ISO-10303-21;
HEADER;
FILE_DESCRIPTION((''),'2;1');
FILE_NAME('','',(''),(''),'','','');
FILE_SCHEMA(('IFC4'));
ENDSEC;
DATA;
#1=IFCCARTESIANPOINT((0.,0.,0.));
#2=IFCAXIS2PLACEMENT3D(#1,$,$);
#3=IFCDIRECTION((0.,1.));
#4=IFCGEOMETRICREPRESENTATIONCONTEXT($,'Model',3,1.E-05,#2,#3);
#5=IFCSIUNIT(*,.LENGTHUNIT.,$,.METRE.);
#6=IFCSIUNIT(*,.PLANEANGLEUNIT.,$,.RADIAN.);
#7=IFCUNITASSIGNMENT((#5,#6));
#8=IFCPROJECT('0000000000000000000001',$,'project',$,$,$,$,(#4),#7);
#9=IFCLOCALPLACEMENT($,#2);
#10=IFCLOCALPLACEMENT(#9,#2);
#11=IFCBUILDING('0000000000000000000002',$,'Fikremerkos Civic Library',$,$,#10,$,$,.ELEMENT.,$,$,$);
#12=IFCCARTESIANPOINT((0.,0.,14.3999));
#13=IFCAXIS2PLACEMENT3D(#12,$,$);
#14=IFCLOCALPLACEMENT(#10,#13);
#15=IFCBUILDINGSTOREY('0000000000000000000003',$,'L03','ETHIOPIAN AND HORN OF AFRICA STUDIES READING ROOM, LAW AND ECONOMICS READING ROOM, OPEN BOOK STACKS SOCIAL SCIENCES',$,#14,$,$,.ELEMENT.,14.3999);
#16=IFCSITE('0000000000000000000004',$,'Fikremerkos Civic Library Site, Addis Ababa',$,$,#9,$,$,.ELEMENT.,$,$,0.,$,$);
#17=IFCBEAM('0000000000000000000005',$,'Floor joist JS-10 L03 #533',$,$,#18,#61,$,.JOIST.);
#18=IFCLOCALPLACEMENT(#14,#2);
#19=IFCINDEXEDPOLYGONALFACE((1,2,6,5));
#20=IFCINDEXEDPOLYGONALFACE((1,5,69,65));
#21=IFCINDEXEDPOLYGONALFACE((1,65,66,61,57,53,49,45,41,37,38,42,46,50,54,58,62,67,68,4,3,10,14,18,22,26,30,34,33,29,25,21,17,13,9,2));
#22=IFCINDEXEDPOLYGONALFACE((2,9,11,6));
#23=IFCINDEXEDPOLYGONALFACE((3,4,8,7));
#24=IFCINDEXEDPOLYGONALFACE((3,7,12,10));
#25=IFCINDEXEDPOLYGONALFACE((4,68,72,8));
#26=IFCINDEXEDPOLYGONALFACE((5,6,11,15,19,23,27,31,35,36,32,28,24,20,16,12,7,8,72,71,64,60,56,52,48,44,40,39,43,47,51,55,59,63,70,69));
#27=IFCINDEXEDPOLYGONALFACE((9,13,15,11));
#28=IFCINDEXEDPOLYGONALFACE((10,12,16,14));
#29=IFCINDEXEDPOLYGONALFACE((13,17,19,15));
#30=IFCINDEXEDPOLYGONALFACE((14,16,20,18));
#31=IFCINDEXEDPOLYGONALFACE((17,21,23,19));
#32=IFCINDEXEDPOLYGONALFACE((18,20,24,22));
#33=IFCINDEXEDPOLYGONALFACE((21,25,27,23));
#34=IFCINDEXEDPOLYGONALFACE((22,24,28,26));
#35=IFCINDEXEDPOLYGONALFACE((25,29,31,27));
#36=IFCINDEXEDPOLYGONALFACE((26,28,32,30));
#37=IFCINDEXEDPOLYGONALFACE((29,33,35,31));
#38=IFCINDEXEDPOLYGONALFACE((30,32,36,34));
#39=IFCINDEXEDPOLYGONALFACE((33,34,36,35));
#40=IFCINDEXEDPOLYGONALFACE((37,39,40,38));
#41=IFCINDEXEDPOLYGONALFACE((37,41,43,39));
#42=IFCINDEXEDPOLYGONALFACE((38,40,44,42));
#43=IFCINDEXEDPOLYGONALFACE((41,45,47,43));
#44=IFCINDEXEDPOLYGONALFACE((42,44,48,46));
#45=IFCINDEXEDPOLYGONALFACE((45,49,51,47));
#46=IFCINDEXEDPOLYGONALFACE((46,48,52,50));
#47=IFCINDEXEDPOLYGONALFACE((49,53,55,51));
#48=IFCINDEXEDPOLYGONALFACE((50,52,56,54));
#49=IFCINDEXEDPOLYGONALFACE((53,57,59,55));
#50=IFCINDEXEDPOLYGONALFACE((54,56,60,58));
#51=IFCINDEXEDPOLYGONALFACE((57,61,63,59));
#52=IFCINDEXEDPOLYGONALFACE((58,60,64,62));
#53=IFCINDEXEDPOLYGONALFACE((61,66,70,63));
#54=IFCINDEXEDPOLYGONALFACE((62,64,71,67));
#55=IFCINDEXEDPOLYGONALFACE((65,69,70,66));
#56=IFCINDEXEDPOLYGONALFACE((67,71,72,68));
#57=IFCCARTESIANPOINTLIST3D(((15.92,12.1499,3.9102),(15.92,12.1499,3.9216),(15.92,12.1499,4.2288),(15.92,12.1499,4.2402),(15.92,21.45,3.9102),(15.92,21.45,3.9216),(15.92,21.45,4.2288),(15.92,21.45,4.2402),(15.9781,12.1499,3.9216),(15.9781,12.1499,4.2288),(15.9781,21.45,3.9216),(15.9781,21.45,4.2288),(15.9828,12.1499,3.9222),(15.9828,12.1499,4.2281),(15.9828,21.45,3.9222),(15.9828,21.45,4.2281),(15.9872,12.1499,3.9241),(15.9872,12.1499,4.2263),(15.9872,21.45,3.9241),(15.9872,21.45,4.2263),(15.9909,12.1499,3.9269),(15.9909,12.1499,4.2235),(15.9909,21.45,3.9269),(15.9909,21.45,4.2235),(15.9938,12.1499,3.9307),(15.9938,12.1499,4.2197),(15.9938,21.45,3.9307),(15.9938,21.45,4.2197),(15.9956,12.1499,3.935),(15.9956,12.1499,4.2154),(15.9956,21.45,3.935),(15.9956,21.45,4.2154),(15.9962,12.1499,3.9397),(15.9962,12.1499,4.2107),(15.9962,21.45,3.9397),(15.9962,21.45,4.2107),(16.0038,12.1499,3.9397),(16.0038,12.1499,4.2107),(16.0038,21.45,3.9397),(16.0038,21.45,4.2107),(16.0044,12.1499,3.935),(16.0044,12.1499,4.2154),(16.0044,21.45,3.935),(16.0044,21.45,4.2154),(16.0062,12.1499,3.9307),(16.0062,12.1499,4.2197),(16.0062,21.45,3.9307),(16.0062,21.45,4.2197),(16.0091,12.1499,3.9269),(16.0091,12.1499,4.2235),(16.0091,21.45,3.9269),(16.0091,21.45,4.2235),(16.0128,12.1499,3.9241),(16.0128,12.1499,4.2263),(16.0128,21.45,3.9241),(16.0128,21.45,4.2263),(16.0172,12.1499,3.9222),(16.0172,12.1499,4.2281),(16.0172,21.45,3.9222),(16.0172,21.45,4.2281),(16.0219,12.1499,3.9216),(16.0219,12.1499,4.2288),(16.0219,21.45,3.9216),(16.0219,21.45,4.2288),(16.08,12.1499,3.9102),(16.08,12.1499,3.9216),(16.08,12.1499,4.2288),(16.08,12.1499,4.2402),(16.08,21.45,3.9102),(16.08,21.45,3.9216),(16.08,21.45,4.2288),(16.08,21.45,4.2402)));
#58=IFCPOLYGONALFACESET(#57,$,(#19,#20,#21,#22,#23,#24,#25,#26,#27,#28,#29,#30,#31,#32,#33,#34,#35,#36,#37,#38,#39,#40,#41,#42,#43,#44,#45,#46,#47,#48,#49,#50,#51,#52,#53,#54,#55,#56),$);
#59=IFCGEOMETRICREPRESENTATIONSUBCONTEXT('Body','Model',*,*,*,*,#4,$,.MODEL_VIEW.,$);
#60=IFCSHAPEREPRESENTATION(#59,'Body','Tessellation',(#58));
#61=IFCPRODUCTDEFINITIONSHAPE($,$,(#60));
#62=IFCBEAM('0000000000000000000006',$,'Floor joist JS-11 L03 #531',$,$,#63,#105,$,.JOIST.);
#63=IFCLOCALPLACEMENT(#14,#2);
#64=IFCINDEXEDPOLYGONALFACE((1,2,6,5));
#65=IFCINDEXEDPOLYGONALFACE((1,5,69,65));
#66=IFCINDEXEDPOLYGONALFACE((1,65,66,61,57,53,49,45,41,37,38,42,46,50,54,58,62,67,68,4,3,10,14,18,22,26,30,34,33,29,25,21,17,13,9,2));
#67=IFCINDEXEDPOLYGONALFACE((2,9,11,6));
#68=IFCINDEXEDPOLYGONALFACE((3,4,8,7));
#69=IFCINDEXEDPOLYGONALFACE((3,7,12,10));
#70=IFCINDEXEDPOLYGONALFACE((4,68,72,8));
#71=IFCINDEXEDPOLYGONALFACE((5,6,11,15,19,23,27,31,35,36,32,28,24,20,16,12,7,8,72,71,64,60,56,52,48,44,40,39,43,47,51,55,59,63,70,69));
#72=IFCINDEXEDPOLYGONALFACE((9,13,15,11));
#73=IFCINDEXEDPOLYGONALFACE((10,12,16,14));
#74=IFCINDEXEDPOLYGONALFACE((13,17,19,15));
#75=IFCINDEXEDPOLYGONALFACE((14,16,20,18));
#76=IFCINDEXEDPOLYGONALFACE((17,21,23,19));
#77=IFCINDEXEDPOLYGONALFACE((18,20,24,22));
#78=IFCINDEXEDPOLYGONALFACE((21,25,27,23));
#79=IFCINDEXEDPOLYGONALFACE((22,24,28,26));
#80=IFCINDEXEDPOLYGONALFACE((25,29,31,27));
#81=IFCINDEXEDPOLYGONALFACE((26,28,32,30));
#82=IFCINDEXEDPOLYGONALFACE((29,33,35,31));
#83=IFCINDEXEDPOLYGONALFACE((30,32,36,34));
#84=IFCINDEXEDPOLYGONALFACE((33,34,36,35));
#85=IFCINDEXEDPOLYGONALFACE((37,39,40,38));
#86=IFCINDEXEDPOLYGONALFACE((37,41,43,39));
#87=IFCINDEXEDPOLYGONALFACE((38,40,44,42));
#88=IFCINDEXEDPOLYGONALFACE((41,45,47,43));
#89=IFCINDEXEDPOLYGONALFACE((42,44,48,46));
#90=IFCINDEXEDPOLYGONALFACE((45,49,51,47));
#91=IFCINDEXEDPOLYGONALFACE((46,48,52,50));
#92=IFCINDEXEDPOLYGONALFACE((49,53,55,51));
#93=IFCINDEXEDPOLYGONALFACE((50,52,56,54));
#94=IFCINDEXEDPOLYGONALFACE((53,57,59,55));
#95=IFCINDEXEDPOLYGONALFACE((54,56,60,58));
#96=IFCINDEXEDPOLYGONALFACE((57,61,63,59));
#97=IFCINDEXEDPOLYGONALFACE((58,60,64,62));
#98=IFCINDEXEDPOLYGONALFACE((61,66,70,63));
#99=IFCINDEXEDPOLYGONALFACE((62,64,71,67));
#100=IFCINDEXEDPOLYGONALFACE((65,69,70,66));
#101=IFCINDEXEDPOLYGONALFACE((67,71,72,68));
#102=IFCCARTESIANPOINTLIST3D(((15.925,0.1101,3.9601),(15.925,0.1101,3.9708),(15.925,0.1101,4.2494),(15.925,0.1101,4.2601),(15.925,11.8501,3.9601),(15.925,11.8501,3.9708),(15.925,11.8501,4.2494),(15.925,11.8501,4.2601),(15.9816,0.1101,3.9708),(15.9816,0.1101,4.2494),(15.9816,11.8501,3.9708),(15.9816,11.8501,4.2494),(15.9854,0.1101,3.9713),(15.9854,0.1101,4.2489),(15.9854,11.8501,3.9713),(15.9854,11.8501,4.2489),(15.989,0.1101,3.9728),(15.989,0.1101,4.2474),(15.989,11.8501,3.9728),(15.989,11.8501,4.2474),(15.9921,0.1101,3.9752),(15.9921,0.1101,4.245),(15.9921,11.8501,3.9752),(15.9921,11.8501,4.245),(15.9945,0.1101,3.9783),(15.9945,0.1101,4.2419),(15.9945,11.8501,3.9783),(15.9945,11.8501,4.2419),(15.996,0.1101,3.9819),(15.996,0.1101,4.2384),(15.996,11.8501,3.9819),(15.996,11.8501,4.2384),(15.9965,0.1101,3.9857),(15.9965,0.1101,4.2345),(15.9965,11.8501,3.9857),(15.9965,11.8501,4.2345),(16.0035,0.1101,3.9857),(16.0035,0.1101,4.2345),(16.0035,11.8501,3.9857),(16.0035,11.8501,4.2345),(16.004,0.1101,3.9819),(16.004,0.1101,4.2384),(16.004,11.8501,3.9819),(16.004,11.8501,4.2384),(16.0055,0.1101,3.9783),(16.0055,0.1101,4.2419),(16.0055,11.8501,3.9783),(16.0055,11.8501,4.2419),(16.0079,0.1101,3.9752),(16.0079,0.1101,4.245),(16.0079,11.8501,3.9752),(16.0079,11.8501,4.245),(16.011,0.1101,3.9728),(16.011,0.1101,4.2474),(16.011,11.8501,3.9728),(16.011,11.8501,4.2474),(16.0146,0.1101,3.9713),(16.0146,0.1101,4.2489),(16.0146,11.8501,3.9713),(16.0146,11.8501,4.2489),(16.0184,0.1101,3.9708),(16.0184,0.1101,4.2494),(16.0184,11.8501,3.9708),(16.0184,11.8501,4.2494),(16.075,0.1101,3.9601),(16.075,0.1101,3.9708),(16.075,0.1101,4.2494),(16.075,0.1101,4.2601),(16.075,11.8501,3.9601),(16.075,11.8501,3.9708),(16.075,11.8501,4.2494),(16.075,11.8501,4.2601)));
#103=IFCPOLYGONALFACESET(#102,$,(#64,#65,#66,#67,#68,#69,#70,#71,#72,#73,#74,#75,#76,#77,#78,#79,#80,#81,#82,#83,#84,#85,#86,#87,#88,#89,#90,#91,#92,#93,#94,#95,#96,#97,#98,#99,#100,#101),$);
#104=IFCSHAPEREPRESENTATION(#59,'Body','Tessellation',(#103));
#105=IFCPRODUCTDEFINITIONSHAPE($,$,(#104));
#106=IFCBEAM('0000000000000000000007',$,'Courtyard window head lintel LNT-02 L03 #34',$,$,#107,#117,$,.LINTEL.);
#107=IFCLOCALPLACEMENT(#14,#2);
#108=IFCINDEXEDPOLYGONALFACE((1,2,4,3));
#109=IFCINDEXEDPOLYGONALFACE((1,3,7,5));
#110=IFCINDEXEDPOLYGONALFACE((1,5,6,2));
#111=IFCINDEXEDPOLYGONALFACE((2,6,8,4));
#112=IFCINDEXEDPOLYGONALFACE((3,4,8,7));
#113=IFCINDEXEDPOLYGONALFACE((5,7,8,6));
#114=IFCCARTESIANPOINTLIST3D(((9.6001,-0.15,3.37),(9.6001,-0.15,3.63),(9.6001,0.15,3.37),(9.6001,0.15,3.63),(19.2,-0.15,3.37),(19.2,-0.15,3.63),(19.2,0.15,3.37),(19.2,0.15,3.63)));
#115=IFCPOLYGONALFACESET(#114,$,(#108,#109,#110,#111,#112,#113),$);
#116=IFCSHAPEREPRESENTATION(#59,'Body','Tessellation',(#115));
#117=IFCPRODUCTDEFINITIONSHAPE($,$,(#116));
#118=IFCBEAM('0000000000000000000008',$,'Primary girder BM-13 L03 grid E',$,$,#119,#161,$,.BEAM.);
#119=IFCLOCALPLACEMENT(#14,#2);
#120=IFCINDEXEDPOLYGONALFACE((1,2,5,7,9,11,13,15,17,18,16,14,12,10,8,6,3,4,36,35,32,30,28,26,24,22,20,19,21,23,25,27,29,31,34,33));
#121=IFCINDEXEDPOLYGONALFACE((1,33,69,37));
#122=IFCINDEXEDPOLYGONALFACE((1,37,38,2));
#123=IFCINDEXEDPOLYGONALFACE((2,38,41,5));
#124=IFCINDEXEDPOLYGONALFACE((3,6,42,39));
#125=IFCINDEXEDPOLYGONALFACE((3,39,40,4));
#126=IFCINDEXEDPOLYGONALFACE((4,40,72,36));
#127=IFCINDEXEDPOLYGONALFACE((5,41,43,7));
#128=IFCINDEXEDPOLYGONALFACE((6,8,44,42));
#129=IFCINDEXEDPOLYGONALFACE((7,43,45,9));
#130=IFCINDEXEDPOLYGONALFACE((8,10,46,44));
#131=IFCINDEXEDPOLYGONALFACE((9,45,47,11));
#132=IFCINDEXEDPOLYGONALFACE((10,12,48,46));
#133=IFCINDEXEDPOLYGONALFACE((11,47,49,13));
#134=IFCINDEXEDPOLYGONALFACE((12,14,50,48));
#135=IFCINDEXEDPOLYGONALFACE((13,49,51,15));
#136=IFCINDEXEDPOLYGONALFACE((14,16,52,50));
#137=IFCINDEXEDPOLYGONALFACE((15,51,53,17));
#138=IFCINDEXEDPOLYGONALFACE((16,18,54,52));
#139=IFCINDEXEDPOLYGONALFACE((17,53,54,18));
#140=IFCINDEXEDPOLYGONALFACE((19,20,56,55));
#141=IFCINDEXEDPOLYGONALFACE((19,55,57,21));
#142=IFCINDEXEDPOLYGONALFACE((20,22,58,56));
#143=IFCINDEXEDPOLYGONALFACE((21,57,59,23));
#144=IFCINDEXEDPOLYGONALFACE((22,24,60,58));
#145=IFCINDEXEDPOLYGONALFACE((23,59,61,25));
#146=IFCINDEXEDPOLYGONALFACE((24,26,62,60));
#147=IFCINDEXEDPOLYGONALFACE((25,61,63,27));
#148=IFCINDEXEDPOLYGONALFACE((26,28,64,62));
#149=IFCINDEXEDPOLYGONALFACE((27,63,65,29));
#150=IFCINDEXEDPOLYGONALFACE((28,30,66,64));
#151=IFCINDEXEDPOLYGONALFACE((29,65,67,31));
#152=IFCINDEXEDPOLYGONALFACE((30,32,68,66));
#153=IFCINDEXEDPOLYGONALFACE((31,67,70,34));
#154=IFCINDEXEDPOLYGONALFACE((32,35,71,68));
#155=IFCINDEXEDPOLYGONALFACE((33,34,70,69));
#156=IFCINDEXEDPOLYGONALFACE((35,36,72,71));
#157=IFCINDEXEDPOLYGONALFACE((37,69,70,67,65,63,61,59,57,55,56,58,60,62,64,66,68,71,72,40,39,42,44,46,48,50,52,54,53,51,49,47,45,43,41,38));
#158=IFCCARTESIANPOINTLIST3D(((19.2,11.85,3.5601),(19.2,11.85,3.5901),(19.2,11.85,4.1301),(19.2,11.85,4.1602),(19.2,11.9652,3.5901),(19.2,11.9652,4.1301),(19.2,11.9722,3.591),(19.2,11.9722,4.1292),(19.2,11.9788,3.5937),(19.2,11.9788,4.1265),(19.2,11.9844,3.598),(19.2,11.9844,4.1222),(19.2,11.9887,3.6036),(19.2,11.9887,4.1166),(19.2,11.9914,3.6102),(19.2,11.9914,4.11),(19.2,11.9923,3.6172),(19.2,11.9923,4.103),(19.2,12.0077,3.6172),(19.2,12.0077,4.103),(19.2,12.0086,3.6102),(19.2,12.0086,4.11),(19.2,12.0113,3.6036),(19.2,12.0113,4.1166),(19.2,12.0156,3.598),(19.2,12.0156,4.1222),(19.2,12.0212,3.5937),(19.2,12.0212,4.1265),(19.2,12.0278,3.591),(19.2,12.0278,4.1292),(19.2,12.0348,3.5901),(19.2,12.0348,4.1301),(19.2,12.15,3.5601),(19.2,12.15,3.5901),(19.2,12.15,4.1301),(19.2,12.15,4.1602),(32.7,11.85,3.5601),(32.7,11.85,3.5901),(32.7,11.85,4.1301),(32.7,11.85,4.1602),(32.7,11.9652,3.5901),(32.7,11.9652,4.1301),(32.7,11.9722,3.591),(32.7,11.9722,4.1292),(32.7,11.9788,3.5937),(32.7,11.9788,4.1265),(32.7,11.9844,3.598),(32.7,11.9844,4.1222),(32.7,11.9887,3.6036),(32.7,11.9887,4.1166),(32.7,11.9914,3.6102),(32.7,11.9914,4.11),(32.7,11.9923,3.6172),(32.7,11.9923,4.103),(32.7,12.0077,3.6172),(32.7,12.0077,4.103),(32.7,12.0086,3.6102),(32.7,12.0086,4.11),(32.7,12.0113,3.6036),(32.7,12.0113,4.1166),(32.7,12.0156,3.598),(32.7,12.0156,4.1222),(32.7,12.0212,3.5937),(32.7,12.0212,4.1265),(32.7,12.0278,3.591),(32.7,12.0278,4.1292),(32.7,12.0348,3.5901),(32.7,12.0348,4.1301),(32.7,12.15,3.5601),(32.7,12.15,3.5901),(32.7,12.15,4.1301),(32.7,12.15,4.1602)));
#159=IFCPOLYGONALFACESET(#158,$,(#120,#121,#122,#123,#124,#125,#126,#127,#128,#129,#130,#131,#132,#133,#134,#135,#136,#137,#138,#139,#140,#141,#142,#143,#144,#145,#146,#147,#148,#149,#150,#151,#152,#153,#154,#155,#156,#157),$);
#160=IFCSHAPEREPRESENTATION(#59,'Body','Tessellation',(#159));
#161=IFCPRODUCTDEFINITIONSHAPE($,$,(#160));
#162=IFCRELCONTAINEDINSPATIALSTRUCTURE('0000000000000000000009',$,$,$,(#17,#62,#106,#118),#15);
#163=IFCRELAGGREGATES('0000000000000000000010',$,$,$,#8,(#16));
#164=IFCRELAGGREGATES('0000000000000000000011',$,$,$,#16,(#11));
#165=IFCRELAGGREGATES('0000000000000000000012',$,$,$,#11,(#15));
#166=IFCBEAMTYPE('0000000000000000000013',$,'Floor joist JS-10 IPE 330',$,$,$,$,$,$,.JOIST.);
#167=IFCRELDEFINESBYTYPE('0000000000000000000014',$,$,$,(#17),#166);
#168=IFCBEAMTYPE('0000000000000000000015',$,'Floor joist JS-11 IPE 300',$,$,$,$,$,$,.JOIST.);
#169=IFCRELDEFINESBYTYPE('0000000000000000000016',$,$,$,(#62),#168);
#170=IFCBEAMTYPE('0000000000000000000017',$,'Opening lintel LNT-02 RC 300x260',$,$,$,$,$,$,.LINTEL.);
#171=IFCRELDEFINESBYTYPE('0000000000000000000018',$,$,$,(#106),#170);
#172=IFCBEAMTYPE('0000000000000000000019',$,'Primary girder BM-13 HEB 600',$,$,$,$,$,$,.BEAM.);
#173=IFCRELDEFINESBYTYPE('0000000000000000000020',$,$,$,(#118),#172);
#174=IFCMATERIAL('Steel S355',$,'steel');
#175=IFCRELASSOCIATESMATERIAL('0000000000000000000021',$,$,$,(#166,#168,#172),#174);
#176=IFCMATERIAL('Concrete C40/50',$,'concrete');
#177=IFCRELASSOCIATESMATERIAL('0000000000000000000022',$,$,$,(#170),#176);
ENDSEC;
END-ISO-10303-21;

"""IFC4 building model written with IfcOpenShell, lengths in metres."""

from ifc_helpers import new_model, si_unit, direction, frame, origin, origin_2d, place, context, subcontext, project, spatial, rectangle, i_section, extrude, material, material_profile, profile_set, type_object, element, save


model = new_model("IFC4")

# Units and contexts
model_context = context("Model", 3, precision=1e-05, world=origin(), true_north=direction((0.0, 1.0)))
body_context = subcontext(model_context, "Body", "Model", "MODEL_VIEW")
ifc_project = project(units=[si_unit("LENGTHUNIT", "METRE"), si_unit("PLANEANGLEUNIT", "RADIAN")], contexts=[model_context])

# Site, building, storey
site_placement = place(None, origin())
site = spatial("IfcSite", under=ifc_project, at=site_placement, Name="Fikremerkos Civic Library Site, Addis Ababa", CompositionType="ELEMENT", RefElevation=0.0)
building_placement = place(site_placement, origin())
building = spatial("IfcBuilding", under=site, at=building_placement, Name="Fikremerkos Civic Library", CompositionType="ELEMENT")
storey_placement = place(building_placement, frame((0.0, 0.0, 14.3999)))
storey = spatial("IfcBuildingStorey", under=building, at=storey_placement, Name="L03", Description="ETHIOPIAN AND HORN OF AFRICA STUDIES READING ROOM, LAW AND ECONOMICS READING ROOM, OPEN BOOK STACKS SOCIAL SCIENCES", CompositionType="ELEMENT", Elevation=14.3999)

# Shared definitions
ifc_material_1 = material(Name="Concrete C40/50", Category="concrete")
ifc_material_2 = material(Name="Steel S355", Category="steel")

# Beams
ifc_material_profile_1 = material_profile(ifc_material_2, i_section(OverallWidth=0.1599, OverallDepth=0.3301, WebThickness=0.0076, FlangeThickness=0.0115, FilletRadius=0.0181, at=origin_2d()), Name="IPE 330")
ifc_profile_set_1 = profile_set([ifc_material_profile_1], Name="Steel S355")
beam_type_1 = type_object("IfcBeamType", Name="Floor joist JS-10 IPE 330", PredefinedType="JOIST", material=ifc_profile_set_1)
beam_1_placement = place(storey_placement, frame((16.0, 12.1499, 4.0752), z_axis=(0.0, 1.0, 0.0), x_axis=(-1.0, 0.0, 0.0)))
element("IfcBeam", 1, at=beam_1_placement, inside=storey, type_object=beam_type_1, Name="Floor joist JS-10 L03 #533", PredefinedType="JOIST", context=body_context, shape_type="SweptSolid", body=[
    extrude(i_section(OverallWidth=0.1599, OverallDepth=0.3301, WebThickness=0.0076, FlangeThickness=0.0115, FilletRadius=0.0181, at=origin_2d()), origin(), (0.0, 0.0, 1.0), 9.3),
])
ifc_material_profile_2 = material_profile(ifc_material_2, i_section(OverallWidth=0.1499, OverallDepth=0.3, WebThickness=0.0071, FlangeThickness=0.0107, FilletRadius=0.0149, at=origin_2d()), Name="IPE 300")
ifc_profile_set_2 = profile_set([ifc_material_profile_2], Name="Steel S355")
beam_type_2 = type_object("IfcBeamType", Name="Floor joist JS-11 IPE 300", PredefinedType="JOIST", material=ifc_profile_set_2)
beam_2_placement = place(storey_placement, frame((16.0, 0.1101, 4.1101), z_axis=(0.0, 1.0, 0.0), x_axis=(-1.0, 0.0, 0.0)))
element("IfcBeam", 2, at=beam_2_placement, inside=storey, type_object=beam_type_2, Name="Floor joist JS-11 L03 #531", PredefinedType="JOIST", context=body_context, shape_type="SweptSolid", body=[
    extrude(i_section(OverallWidth=0.1499, OverallDepth=0.3, WebThickness=0.0071, FlangeThickness=0.0107, FilletRadius=0.0149, at=origin_2d()), origin(), (0.0, 0.0, 1.0), 11.74),
])
ifc_material_profile_3 = material_profile(ifc_material_1, rectangle(XDim=0.3, YDim=0.26, at=origin_2d()), Name="RC 300x260")
ifc_profile_set_3 = profile_set([ifc_material_profile_3], Name="Concrete C40/50")
beam_type_3 = type_object("IfcBeamType", Name="Opening lintel LNT-02 RC 300x260", PredefinedType="LINTEL", material=ifc_profile_set_3)
beam_3_placement = place(storey_placement, frame((19.2, 0.0, 3.5), z_axis=(-1.0, 0.0, 0.0), x_axis=(0.0, -1.0, 0.0)))
element("IfcBeam", 3, at=beam_3_placement, inside=storey, type_object=beam_type_3, Name="Courtyard window head lintel LNT-02 L03 #34", PredefinedType="LINTEL", context=body_context, shape_type="SweptSolid", body=[
    extrude(rectangle(XDim=0.3, YDim=0.26, at=origin_2d()), origin(), (0.0, 0.0, 1.0), 9.5999),
])
ifc_material_profile_4 = material_profile(ifc_material_2, i_section(OverallWidth=0.3, OverallDepth=0.6001, WebThickness=0.0154, FlangeThickness=0.03, FilletRadius=0.0271, at=origin_2d()), Name="HEB 600")
ifc_profile_set_4 = profile_set([ifc_material_profile_4], Name="Steel S355")
beam_type_4 = type_object("IfcBeamType", Name="Primary girder BM-13 HEB 600", PredefinedType="BEAM", material=ifc_profile_set_4)
beam_4_placement = place(storey_placement, frame((19.2, 12.0, 3.8601), z_axis=(1.0, 0.0, 0.0), x_axis=(0.0, 1.0, 0.0)))
element("IfcBeam", 4, at=beam_4_placement, inside=storey, type_object=beam_type_4, Name="Primary girder BM-13 L03 grid E", PredefinedType="BEAM", context=body_context, shape_type="SweptSolid", body=[
    extrude(i_section(OverallWidth=0.3, OverallDepth=0.6001, WebThickness=0.0154, FlangeThickness=0.03, FilletRadius=0.0271, at=origin_2d()), origin(), (0.0, 0.0, 1.0), 13.5),
])

save(model, "model.ifc")
